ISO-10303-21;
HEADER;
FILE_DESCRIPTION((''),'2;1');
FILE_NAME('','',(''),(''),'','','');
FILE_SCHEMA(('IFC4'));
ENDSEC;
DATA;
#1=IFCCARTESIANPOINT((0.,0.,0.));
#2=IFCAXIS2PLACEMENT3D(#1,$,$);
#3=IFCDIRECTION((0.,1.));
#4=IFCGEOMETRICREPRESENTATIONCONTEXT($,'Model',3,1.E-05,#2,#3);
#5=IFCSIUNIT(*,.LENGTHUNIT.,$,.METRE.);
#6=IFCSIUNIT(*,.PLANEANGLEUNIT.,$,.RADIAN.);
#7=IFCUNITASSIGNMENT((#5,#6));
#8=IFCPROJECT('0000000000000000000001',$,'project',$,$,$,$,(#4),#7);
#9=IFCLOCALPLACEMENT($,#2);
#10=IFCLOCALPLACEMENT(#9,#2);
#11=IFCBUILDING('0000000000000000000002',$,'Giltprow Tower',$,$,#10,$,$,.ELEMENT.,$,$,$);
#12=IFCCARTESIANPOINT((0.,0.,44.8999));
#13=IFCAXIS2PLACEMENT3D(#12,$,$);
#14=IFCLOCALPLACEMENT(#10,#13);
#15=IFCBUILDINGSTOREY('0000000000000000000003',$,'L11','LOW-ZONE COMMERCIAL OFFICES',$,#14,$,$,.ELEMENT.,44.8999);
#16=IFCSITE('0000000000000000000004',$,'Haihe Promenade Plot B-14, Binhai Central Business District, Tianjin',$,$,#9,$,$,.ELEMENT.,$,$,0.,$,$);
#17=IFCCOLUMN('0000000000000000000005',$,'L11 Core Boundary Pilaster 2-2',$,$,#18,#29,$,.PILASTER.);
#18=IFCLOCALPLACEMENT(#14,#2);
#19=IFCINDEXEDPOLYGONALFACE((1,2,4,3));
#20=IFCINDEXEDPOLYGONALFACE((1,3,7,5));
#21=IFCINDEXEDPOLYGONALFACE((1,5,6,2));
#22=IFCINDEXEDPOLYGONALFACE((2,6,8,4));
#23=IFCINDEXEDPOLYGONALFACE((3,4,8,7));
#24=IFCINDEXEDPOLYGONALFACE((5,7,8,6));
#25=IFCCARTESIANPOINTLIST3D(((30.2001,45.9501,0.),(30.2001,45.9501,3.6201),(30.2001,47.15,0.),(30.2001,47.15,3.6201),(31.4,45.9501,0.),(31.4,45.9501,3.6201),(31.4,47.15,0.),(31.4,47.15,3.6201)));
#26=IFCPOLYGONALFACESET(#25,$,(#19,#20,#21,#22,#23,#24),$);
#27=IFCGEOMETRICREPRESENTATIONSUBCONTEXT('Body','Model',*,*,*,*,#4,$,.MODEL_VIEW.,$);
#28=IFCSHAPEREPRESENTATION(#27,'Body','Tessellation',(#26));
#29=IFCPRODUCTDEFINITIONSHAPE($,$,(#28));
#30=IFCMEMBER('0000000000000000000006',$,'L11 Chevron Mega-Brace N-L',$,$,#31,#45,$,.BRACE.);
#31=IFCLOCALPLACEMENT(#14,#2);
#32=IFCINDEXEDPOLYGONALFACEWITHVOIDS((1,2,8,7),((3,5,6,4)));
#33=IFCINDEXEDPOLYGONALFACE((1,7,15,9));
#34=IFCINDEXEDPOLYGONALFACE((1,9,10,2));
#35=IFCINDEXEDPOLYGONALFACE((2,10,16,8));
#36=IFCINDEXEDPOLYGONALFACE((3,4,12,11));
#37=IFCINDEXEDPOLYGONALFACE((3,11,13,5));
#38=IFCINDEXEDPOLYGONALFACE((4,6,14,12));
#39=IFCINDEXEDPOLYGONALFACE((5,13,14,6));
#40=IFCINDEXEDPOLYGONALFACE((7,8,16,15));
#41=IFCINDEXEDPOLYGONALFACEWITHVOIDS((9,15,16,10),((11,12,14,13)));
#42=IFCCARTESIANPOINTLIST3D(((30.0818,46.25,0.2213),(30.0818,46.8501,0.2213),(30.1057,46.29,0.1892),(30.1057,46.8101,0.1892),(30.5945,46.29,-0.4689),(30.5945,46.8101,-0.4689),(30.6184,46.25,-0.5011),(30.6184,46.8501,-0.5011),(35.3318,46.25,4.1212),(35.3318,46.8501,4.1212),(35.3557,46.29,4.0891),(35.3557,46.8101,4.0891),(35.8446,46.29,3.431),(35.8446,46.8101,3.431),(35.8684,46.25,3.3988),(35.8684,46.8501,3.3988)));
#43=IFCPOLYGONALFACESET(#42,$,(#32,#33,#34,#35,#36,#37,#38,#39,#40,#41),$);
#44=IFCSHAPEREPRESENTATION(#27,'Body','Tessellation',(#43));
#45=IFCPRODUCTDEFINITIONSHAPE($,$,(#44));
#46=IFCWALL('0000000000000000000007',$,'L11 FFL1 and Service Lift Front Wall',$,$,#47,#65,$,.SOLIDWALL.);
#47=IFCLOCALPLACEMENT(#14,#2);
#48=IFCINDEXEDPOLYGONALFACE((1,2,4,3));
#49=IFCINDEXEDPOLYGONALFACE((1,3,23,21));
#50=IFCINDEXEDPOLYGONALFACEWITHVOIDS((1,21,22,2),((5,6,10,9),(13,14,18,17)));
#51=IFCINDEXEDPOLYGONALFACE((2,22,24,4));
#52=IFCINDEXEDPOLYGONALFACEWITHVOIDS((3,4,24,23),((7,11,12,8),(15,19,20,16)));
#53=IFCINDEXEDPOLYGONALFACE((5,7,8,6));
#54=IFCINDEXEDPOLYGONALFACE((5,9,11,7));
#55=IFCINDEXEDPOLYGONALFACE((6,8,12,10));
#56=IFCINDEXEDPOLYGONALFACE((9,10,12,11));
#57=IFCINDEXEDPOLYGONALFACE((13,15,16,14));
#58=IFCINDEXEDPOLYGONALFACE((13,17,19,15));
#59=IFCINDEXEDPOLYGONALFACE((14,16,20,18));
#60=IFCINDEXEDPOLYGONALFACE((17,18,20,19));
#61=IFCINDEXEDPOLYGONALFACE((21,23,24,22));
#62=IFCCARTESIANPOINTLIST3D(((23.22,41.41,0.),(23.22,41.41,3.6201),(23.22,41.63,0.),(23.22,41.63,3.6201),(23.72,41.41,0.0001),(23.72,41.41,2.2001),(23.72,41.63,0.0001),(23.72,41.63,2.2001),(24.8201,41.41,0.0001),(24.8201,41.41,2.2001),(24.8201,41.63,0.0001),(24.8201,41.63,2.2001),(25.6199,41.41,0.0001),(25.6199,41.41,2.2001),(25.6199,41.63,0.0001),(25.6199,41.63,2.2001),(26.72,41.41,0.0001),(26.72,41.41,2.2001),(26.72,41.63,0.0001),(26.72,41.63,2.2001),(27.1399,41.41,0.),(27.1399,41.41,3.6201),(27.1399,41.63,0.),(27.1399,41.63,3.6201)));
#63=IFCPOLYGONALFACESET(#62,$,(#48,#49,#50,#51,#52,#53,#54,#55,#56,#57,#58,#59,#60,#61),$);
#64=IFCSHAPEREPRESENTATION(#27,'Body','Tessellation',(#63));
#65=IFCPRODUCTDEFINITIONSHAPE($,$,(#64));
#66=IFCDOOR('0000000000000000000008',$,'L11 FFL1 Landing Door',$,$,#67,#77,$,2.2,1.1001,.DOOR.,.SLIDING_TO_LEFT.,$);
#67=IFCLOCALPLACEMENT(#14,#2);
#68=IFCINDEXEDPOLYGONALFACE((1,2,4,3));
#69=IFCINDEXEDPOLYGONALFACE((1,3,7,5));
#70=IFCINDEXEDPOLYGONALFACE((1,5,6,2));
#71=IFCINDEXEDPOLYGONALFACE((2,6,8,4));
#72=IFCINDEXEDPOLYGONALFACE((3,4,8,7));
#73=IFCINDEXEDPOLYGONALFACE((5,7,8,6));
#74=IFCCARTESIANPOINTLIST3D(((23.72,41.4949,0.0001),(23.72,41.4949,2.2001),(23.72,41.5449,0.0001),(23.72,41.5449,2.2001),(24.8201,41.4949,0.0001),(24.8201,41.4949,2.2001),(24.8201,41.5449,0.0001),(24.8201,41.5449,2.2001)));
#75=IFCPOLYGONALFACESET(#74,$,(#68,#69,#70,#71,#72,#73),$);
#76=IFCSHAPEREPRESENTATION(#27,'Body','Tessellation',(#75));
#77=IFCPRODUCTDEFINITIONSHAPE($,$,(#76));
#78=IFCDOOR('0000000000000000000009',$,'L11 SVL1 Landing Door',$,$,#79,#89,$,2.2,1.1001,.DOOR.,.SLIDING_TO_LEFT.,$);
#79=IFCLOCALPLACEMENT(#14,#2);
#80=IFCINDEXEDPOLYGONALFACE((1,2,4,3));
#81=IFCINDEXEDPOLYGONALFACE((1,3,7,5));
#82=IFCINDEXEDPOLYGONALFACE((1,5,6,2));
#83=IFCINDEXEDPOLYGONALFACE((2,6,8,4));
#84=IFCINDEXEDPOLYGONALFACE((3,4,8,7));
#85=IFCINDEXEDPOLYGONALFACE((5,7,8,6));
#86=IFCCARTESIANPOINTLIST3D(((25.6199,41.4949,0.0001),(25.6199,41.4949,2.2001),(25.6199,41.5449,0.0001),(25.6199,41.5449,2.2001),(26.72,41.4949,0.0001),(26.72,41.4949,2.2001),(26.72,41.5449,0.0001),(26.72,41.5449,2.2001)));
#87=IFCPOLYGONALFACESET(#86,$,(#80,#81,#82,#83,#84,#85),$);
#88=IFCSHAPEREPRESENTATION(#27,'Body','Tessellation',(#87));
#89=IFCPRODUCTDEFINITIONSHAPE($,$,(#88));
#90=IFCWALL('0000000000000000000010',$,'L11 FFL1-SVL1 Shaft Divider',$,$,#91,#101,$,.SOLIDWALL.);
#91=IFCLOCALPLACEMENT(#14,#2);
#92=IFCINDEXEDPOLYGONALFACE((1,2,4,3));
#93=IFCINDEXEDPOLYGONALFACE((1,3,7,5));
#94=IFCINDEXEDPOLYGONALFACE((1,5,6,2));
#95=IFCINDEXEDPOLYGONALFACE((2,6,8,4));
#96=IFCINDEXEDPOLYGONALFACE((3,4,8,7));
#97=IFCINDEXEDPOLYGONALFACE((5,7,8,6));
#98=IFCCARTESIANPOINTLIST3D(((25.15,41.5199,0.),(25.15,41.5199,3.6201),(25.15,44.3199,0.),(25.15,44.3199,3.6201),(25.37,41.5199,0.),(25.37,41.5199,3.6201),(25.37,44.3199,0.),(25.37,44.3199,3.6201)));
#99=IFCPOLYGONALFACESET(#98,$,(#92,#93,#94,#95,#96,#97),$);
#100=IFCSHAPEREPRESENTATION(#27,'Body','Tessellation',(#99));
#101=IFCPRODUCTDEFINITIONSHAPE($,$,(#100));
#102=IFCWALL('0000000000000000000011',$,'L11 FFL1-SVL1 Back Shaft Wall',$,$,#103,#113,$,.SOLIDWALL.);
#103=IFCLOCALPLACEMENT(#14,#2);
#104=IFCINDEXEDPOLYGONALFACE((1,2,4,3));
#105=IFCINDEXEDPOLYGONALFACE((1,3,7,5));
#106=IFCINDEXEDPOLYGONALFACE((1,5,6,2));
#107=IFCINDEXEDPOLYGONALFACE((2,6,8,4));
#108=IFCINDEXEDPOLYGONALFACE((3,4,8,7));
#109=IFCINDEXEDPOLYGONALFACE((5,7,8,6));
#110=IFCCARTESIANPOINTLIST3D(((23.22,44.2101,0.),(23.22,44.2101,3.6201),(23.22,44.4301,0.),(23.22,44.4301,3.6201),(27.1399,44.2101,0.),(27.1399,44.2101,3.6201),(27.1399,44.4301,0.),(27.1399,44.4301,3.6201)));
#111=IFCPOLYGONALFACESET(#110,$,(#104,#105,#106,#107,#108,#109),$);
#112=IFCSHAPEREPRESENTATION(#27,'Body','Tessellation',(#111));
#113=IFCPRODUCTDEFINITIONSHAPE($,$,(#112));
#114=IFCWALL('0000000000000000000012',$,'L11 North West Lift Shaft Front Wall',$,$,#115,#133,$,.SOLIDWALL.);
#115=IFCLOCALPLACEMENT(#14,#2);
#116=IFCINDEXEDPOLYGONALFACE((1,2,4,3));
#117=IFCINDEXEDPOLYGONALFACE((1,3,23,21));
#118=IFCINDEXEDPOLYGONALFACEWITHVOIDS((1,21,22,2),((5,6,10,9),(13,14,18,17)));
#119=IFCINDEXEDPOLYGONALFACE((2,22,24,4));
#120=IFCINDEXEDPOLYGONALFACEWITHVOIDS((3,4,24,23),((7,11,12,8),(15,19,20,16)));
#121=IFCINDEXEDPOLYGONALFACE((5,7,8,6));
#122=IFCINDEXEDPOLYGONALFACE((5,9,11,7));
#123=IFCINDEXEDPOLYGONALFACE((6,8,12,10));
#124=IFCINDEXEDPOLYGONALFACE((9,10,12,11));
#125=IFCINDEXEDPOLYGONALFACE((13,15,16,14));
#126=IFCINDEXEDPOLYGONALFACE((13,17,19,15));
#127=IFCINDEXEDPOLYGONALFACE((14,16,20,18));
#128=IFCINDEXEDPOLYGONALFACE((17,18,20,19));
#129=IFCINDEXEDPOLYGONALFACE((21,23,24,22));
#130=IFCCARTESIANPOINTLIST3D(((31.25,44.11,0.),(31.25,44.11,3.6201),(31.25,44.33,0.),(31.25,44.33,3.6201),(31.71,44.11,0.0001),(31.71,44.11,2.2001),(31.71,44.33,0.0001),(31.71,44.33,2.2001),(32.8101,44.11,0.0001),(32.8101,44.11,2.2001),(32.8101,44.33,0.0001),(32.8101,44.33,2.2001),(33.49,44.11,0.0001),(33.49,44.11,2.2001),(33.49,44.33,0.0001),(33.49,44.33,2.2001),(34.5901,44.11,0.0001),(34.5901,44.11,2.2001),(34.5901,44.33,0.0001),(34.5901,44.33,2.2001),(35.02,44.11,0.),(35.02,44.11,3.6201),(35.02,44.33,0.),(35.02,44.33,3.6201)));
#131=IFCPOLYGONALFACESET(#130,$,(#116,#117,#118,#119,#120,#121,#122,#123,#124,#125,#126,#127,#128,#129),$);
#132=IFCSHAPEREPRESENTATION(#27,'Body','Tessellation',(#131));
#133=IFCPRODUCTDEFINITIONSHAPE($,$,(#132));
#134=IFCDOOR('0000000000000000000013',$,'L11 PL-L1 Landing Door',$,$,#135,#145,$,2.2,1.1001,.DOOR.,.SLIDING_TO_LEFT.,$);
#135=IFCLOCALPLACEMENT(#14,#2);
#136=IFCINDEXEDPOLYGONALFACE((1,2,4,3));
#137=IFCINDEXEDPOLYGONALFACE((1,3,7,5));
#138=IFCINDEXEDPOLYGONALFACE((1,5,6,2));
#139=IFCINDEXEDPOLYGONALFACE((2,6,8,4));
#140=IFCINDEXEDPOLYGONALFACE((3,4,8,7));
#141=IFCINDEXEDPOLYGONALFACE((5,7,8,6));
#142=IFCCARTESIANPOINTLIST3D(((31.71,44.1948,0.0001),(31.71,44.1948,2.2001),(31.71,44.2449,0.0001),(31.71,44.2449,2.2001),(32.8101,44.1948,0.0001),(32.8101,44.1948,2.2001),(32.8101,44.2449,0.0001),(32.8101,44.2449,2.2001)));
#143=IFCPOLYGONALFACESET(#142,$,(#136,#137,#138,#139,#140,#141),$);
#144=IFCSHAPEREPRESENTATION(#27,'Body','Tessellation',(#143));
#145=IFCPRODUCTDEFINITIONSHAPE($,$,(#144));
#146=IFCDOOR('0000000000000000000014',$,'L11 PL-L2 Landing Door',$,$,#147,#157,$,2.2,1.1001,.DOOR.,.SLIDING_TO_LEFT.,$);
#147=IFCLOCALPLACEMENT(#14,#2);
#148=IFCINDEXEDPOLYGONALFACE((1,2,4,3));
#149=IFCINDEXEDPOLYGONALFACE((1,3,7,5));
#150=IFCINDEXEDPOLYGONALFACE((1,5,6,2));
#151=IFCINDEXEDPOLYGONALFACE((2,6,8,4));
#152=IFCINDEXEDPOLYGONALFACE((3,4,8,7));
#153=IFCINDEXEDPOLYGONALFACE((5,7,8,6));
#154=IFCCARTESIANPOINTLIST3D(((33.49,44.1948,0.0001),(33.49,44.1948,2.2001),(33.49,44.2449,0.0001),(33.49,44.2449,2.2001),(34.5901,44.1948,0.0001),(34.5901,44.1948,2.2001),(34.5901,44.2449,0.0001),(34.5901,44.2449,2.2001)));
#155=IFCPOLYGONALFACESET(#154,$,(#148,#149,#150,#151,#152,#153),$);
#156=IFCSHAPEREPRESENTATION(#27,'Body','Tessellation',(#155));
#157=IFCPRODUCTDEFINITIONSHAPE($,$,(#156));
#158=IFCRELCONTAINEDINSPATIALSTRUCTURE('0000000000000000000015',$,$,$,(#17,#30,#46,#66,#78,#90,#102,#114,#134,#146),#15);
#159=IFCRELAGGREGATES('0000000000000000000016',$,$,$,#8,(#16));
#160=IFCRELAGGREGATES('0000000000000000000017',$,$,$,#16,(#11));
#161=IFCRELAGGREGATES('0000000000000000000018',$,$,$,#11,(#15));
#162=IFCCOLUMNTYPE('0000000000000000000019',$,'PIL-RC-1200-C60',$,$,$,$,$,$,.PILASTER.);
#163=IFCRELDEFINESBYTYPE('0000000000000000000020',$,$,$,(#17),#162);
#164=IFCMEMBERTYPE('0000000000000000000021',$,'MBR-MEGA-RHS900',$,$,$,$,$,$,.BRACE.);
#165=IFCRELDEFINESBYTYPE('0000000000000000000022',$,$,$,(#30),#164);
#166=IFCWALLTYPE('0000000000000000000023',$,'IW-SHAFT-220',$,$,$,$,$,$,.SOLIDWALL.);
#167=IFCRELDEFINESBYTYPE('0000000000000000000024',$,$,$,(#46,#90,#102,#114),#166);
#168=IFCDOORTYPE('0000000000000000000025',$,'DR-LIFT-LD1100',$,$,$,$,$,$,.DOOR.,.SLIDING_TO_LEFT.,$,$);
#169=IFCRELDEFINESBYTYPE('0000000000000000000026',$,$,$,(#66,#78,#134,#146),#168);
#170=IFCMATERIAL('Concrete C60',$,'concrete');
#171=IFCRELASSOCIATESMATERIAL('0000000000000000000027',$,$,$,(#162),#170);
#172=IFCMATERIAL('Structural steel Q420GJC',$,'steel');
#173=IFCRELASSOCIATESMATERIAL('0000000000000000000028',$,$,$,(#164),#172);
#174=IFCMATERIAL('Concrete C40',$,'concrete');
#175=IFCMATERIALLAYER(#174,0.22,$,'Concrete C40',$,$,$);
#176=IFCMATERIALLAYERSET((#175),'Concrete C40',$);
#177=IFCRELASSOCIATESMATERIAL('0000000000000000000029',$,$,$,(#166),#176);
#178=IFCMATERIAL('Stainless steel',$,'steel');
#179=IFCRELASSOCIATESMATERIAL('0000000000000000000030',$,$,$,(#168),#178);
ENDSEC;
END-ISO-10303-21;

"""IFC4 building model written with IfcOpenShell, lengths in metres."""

from ifc_helpers import new_model, si_unit, direction, frame, frame_2d, origin, origin_2d, place, context, subcontext, project, spatial, rectangle, hollow_rectangle, extrude, source, transform, mapped, material, layer, layer_set, material_profile, profile_set, type_object, element, fill, save


model = new_model("IFC4")

# Units and contexts
model_context = context("Model", 3, precision=1e-05, world=origin(), true_north=direction((0.0, 1.0)))
body_context = subcontext(model_context, "Body", "Model", "MODEL_VIEW")
ifc_project = project(units=[si_unit("LENGTHUNIT", "METRE"), si_unit("PLANEANGLEUNIT", "RADIAN")], contexts=[model_context])

# Site, building, storey
site_placement = place(None, origin())
site = spatial("IfcSite", under=ifc_project, at=site_placement, Name="Haihe Promenade Plot B-14, Binhai Central Business District, Tianjin", CompositionType="ELEMENT", RefElevation=0.0)
building_placement = place(site_placement, origin())
building = spatial("IfcBuilding", under=site, at=building_placement, Name="Giltprow Tower", CompositionType="ELEMENT")
storey_placement = place(building_placement, frame((0.0, 0.0, 44.8999)))
storey = spatial("IfcBuildingStorey", under=building, at=storey_placement, Name="L11", Description="LOW-ZONE COMMERCIAL OFFICES", CompositionType="ELEMENT", Elevation=44.8999)

# Column
ifc_material_1 = material(Name="Concrete C60", Category="concrete")
ifc_material_profile_1 = material_profile(ifc_material_1, rectangle(XDim=1.2, YDim=1.2, at=origin_2d()), Name="RC 1200x1200")
ifc_profile_set_1 = profile_set([ifc_material_profile_1], Name="Concrete C60")
column_type = type_object("IfcColumnType", Name="PIL-RC-1200-C60", PredefinedType="PILASTER", material=ifc_profile_set_1)
shared_shape_1 = source(origin(), body_context, "Body", "SweptSolid", [
    extrude(rectangle(XDim=1.2, YDim=1.2, at=origin_2d()), origin(), (0.0, 0.0, 1.0), 3.6201),
])
column_placement = place(storey_placement, frame((30.8, 46.55, 0.0), z_axis=(0.0, 0.0, 1.0), x_axis=(1.0, 0.0, 0.0)))
element("IfcColumn", 1, at=column_placement, inside=storey, type_object=column_type, Name="L11 Core Boundary Pilaster 2-2", PredefinedType="PILASTER", context=body_context, shape_type="MappedRepresentation", body=[
    mapped(shared_shape_1, transform((0.0, 0.0, 0.0), x_axis=(1.0, 0.0, 0.0), y_axis=(0.0, 1.0, 0.0), z_axis=(0.0, 0.0, 1.0), scale=1.0)),
])

# Member
ifc_material_2 = material(Name="Structural steel Q420GJC", Category="steel")
ifc_material_profile_2 = material_profile(ifc_material_2, hollow_rectangle(XDim=0.6001, YDim=0.8999, WallThickness=0.04, at=origin_2d()), Name="RHS 900x600x40")
ifc_profile_set_2 = profile_set([ifc_material_profile_2], Name="Structural steel Q420GJC")
member_type = type_object("IfcMemberType", Name="MBR-MEGA-RHS900", PredefinedType="BRACE", material=ifc_profile_set_2)
shared_shape_2 = source(origin(), body_context, "Body", "SweptSolid", [
    extrude(hollow_rectangle(XDim=0.6001, YDim=0.8999, WallThickness=0.04, at=origin_2d()), origin(), (0.0, 0.0, 1.0), 6.54),
])
member_placement = place(storey_placement, frame((30.3501, 46.55, -0.1399), z_axis=(0.802751, 0.0, 0.596314), x_axis=(0.0, 1.0, 0.0)))
element("IfcMember", 2, at=member_placement, inside=storey, type_object=member_type, Name="L11 Chevron Mega-Brace N-L", PredefinedType="BRACE", context=body_context, shape_type="MappedRepresentation", body=[
    mapped(shared_shape_2, transform((0.0, 0.0, 0.0), x_axis=(1.0, 0.0, 0.0), y_axis=(0.0, 1.0, 0.0), z_axis=(0.0, 0.0, 1.0), scale=1.0)),
])

# Wall, openings, doors
ifc_material_3 = material(Name="Concrete C40", Category="concrete")
ifc_layer_1 = layer(ifc_material_3, 0.22, Name="Concrete C40")
ifc_layer_set_1 = layer_set([ifc_layer_1], Name="Concrete C40")
wall_type_1 = type_object("IfcWallType", Name="IW-SHAFT-220", PredefinedType="SOLIDWALL", material=ifc_layer_set_1)
wall_1_placement = place(storey_placement, frame((23.22, 41.52, 0.0), z_axis=(0.0, 0.0, 1.0), x_axis=(1.0, 0.0, 0.0)))
wall_1 = element("IfcWall", 3, at=wall_1_placement, inside=storey, type_object=wall_type_1, Name="L11 FFL1 and Service Lift Front Wall", PredefinedType="SOLIDWALL", context=body_context, shape_type="SweptSolid", body=[
    extrude(rectangle(XDim=3.9199, YDim=0.22, at=frame_2d((1.96, 0.0))), origin(), (0.0, 0.0, 1.0), 3.6201),
])
opening_1_placement = place(wall_1_placement, frame((0.5, 0.0, 0.0)))
opening_1 = element("IfcOpeningElement", 4, at=opening_1_placement, cuts=wall_1, PredefinedType="OPENING", context=body_context, shape_type="SweptSolid", body=[
    extrude(rectangle(XDim=1.1001, YDim=2.2, at=frame_2d((0.55, 1.1001))), frame((0.0, 0.1199, 0.0), z_axis=(0.0, -1.0, 0.0), x_axis=(1.0, 0.0, 0.0)), (0.0, 0.0, 1.0), 0.24),
])
opening_2_placement = place(wall_1_placement, frame((2.3999, 0.0, 0.0)))
opening_2 = element("IfcOpeningElement", 5, at=opening_2_placement, cuts=wall_1, PredefinedType="OPENING", context=body_context, shape_type="SweptSolid", body=[
    extrude(rectangle(XDim=1.1001, YDim=2.2, at=frame_2d((0.55, 1.1001))), frame((0.0, 0.1199, 0.0), z_axis=(0.0, -1.0, 0.0), x_axis=(1.0, 0.0, 0.0)), (0.0, 0.0, 1.0), 0.24),
])
ifc_material_4 = material(Name="Stainless steel", Category="steel")
door_type = type_object("IfcDoorType", Name="DR-LIFT-LD1100", OperationType="SLIDING_TO_LEFT", PredefinedType="DOOR", material=ifc_material_4)
shared_shape_3 = source(origin(), body_context, "Body", "SweptSolid", [
    extrude(rectangle(XDim=1.1001, YDim=2.2, at=frame_2d((0.55, 1.1001))), frame((0.0, 0.0249, 0.0), z_axis=(0.0, -1.0, 0.0), x_axis=(1.0, 0.0, 0.0)), (0.0, 0.0, 1.0), 0.05),
])
door_1_placement = place(opening_1_placement, origin())
door_1 = element("IfcDoor", 6, at=door_1_placement, inside=storey, type_object=door_type, Name="L11 FFL1 Landing Door", OperationType="SLIDING_TO_LEFT", OverallHeight=2.2, OverallWidth=1.1001, PredefinedType="DOOR", context=body_context, shape_type="MappedRepresentation", body=[
    mapped(shared_shape_3, transform((0.0, 0.0, 0.0), x_axis=(1.0, 0.0, 0.0), y_axis=(0.0, 1.0, 0.0), z_axis=(0.0, 0.0, 1.0), scale=1.0)),
])
fill(opening_1, door_1)
door_2_placement = place(opening_2_placement, origin())
door_2 = element("IfcDoor", 7, at=door_2_placement, inside=storey, type_object=door_type, Name="L11 SVL1 Landing Door", OperationType="SLIDING_TO_LEFT", OverallHeight=2.2, OverallWidth=1.1001, PredefinedType="DOOR", context=body_context, shape_type="MappedRepresentation", body=[
    mapped(shared_shape_3, transform((0.0, 0.0, 0.0), x_axis=(1.0, 0.0, 0.0), y_axis=(0.0, 1.0, 0.0), z_axis=(0.0, 0.0, 1.0), scale=1.0)),
])
fill(opening_2, door_2)

# Walls
wall_2_placement = place(storey_placement, frame((25.26, 41.52, 0.0), z_axis=(0.0, 0.0, 1.0), x_axis=(0.0, 1.0, 0.0)))
element("IfcWall", 8, at=wall_2_placement, inside=storey, type_object=wall_type_1, Name="L11 FFL1-SVL1 Shaft Divider", PredefinedType="SOLIDWALL", context=body_context, shape_type="SweptSolid", body=[
    extrude(rectangle(XDim=2.8, YDim=0.22, at=frame_2d((1.3999, 0.0))), origin(), (0.0, 0.0, 1.0), 3.6201),
])
wall_3_placement = place(storey_placement, frame((23.22, 44.3201, 0.0), z_axis=(0.0, 0.0, 1.0), x_axis=(1.0, 0.0, 0.0)))
element("IfcWall", 9, at=wall_3_placement, inside=storey, type_object=wall_type_1, Name="L11 FFL1-SVL1 Back Shaft Wall", PredefinedType="SOLIDWALL", context=body_context, shape_type="SweptSolid", body=[
    extrude(rectangle(XDim=3.9199, YDim=0.22, at=frame_2d((1.96, 0.0))), origin(), (0.0, 0.0, 1.0), 3.6201),
])

# Wall, openings, doors
wall_4_placement = place(storey_placement, frame((31.25, 44.22, 0.0), z_axis=(0.0, 0.0, 1.0), x_axis=(1.0, 0.0, 0.0)))
wall_4 = element("IfcWall", 10, at=wall_4_placement, inside=storey, type_object=wall_type_1, Name="L11 North West Lift Shaft Front Wall", PredefinedType="SOLIDWALL", context=body_context, shape_type="SweptSolid", body=[
    extrude(rectangle(XDim=3.77, YDim=0.22, at=frame_2d((1.885, 0.0))), origin(), (0.0, 0.0, 1.0), 3.6201),
])
opening_3_placement = place(wall_4_placement, frame((0.46, 0.0, 0.0)))
opening_3 = element("IfcOpeningElement", 11, at=opening_3_placement, cuts=wall_4, PredefinedType="OPENING", context=body_context, shape_type="SweptSolid", body=[
    extrude(rectangle(XDim=1.1001, YDim=2.2, at=frame_2d((0.55, 1.1001))), frame((0.0, 0.1199, 0.0), z_axis=(0.0, -1.0, 0.0), x_axis=(1.0, 0.0, 0.0)), (0.0, 0.0, 1.0), 0.24),
])
opening_4_placement = place(wall_4_placement, frame((2.24, 0.0, 0.0)))
opening_4 = element("IfcOpeningElement", 12, at=opening_4_placement, cuts=wall_4, PredefinedType="OPENING", context=body_context, shape_type="SweptSolid", body=[
    extrude(rectangle(XDim=1.1001, YDim=2.2, at=frame_2d((0.55, 1.1001))), frame((0.0, 0.1199, 0.0), z_axis=(0.0, -1.0, 0.0), x_axis=(1.0, 0.0, 0.0)), (0.0, 0.0, 1.0), 0.24),
])
door_3_placement = place(opening_3_placement, origin())
door_3 = element("IfcDoor", 13, at=door_3_placement, inside=storey, type_object=door_type, Name="L11 PL-L1 Landing Door", OperationType="SLIDING_TO_LEFT", OverallHeight=2.2, OverallWidth=1.1001, PredefinedType="DOOR", context=body_context, shape_type="MappedRepresentation", body=[
    mapped(shared_shape_3, transform((0.0, 0.0, 0.0), x_axis=(1.0, 0.0, 0.0), y_axis=(0.0, 1.0, 0.0), z_axis=(0.0, 0.0, 1.0), scale=1.0)),
])
fill(opening_3, door_3)
door_4_placement = place(opening_4_placement, origin())
door_4 = element("IfcDoor", 14, at=door_4_placement, inside=storey, type_object=door_type, Name="L11 PL-L2 Landing Door", OperationType="SLIDING_TO_LEFT", OverallHeight=2.2, OverallWidth=1.1001, PredefinedType="DOOR", context=body_context, shape_type="MappedRepresentation", body=[
    mapped(shared_shape_3, transform((0.0, 0.0, 0.0), x_axis=(1.0, 0.0, 0.0), y_axis=(0.0, 1.0, 0.0), z_axis=(0.0, 0.0, 1.0), scale=1.0)),
])
fill(opening_4, door_4)

save(model, "model.ifc")
